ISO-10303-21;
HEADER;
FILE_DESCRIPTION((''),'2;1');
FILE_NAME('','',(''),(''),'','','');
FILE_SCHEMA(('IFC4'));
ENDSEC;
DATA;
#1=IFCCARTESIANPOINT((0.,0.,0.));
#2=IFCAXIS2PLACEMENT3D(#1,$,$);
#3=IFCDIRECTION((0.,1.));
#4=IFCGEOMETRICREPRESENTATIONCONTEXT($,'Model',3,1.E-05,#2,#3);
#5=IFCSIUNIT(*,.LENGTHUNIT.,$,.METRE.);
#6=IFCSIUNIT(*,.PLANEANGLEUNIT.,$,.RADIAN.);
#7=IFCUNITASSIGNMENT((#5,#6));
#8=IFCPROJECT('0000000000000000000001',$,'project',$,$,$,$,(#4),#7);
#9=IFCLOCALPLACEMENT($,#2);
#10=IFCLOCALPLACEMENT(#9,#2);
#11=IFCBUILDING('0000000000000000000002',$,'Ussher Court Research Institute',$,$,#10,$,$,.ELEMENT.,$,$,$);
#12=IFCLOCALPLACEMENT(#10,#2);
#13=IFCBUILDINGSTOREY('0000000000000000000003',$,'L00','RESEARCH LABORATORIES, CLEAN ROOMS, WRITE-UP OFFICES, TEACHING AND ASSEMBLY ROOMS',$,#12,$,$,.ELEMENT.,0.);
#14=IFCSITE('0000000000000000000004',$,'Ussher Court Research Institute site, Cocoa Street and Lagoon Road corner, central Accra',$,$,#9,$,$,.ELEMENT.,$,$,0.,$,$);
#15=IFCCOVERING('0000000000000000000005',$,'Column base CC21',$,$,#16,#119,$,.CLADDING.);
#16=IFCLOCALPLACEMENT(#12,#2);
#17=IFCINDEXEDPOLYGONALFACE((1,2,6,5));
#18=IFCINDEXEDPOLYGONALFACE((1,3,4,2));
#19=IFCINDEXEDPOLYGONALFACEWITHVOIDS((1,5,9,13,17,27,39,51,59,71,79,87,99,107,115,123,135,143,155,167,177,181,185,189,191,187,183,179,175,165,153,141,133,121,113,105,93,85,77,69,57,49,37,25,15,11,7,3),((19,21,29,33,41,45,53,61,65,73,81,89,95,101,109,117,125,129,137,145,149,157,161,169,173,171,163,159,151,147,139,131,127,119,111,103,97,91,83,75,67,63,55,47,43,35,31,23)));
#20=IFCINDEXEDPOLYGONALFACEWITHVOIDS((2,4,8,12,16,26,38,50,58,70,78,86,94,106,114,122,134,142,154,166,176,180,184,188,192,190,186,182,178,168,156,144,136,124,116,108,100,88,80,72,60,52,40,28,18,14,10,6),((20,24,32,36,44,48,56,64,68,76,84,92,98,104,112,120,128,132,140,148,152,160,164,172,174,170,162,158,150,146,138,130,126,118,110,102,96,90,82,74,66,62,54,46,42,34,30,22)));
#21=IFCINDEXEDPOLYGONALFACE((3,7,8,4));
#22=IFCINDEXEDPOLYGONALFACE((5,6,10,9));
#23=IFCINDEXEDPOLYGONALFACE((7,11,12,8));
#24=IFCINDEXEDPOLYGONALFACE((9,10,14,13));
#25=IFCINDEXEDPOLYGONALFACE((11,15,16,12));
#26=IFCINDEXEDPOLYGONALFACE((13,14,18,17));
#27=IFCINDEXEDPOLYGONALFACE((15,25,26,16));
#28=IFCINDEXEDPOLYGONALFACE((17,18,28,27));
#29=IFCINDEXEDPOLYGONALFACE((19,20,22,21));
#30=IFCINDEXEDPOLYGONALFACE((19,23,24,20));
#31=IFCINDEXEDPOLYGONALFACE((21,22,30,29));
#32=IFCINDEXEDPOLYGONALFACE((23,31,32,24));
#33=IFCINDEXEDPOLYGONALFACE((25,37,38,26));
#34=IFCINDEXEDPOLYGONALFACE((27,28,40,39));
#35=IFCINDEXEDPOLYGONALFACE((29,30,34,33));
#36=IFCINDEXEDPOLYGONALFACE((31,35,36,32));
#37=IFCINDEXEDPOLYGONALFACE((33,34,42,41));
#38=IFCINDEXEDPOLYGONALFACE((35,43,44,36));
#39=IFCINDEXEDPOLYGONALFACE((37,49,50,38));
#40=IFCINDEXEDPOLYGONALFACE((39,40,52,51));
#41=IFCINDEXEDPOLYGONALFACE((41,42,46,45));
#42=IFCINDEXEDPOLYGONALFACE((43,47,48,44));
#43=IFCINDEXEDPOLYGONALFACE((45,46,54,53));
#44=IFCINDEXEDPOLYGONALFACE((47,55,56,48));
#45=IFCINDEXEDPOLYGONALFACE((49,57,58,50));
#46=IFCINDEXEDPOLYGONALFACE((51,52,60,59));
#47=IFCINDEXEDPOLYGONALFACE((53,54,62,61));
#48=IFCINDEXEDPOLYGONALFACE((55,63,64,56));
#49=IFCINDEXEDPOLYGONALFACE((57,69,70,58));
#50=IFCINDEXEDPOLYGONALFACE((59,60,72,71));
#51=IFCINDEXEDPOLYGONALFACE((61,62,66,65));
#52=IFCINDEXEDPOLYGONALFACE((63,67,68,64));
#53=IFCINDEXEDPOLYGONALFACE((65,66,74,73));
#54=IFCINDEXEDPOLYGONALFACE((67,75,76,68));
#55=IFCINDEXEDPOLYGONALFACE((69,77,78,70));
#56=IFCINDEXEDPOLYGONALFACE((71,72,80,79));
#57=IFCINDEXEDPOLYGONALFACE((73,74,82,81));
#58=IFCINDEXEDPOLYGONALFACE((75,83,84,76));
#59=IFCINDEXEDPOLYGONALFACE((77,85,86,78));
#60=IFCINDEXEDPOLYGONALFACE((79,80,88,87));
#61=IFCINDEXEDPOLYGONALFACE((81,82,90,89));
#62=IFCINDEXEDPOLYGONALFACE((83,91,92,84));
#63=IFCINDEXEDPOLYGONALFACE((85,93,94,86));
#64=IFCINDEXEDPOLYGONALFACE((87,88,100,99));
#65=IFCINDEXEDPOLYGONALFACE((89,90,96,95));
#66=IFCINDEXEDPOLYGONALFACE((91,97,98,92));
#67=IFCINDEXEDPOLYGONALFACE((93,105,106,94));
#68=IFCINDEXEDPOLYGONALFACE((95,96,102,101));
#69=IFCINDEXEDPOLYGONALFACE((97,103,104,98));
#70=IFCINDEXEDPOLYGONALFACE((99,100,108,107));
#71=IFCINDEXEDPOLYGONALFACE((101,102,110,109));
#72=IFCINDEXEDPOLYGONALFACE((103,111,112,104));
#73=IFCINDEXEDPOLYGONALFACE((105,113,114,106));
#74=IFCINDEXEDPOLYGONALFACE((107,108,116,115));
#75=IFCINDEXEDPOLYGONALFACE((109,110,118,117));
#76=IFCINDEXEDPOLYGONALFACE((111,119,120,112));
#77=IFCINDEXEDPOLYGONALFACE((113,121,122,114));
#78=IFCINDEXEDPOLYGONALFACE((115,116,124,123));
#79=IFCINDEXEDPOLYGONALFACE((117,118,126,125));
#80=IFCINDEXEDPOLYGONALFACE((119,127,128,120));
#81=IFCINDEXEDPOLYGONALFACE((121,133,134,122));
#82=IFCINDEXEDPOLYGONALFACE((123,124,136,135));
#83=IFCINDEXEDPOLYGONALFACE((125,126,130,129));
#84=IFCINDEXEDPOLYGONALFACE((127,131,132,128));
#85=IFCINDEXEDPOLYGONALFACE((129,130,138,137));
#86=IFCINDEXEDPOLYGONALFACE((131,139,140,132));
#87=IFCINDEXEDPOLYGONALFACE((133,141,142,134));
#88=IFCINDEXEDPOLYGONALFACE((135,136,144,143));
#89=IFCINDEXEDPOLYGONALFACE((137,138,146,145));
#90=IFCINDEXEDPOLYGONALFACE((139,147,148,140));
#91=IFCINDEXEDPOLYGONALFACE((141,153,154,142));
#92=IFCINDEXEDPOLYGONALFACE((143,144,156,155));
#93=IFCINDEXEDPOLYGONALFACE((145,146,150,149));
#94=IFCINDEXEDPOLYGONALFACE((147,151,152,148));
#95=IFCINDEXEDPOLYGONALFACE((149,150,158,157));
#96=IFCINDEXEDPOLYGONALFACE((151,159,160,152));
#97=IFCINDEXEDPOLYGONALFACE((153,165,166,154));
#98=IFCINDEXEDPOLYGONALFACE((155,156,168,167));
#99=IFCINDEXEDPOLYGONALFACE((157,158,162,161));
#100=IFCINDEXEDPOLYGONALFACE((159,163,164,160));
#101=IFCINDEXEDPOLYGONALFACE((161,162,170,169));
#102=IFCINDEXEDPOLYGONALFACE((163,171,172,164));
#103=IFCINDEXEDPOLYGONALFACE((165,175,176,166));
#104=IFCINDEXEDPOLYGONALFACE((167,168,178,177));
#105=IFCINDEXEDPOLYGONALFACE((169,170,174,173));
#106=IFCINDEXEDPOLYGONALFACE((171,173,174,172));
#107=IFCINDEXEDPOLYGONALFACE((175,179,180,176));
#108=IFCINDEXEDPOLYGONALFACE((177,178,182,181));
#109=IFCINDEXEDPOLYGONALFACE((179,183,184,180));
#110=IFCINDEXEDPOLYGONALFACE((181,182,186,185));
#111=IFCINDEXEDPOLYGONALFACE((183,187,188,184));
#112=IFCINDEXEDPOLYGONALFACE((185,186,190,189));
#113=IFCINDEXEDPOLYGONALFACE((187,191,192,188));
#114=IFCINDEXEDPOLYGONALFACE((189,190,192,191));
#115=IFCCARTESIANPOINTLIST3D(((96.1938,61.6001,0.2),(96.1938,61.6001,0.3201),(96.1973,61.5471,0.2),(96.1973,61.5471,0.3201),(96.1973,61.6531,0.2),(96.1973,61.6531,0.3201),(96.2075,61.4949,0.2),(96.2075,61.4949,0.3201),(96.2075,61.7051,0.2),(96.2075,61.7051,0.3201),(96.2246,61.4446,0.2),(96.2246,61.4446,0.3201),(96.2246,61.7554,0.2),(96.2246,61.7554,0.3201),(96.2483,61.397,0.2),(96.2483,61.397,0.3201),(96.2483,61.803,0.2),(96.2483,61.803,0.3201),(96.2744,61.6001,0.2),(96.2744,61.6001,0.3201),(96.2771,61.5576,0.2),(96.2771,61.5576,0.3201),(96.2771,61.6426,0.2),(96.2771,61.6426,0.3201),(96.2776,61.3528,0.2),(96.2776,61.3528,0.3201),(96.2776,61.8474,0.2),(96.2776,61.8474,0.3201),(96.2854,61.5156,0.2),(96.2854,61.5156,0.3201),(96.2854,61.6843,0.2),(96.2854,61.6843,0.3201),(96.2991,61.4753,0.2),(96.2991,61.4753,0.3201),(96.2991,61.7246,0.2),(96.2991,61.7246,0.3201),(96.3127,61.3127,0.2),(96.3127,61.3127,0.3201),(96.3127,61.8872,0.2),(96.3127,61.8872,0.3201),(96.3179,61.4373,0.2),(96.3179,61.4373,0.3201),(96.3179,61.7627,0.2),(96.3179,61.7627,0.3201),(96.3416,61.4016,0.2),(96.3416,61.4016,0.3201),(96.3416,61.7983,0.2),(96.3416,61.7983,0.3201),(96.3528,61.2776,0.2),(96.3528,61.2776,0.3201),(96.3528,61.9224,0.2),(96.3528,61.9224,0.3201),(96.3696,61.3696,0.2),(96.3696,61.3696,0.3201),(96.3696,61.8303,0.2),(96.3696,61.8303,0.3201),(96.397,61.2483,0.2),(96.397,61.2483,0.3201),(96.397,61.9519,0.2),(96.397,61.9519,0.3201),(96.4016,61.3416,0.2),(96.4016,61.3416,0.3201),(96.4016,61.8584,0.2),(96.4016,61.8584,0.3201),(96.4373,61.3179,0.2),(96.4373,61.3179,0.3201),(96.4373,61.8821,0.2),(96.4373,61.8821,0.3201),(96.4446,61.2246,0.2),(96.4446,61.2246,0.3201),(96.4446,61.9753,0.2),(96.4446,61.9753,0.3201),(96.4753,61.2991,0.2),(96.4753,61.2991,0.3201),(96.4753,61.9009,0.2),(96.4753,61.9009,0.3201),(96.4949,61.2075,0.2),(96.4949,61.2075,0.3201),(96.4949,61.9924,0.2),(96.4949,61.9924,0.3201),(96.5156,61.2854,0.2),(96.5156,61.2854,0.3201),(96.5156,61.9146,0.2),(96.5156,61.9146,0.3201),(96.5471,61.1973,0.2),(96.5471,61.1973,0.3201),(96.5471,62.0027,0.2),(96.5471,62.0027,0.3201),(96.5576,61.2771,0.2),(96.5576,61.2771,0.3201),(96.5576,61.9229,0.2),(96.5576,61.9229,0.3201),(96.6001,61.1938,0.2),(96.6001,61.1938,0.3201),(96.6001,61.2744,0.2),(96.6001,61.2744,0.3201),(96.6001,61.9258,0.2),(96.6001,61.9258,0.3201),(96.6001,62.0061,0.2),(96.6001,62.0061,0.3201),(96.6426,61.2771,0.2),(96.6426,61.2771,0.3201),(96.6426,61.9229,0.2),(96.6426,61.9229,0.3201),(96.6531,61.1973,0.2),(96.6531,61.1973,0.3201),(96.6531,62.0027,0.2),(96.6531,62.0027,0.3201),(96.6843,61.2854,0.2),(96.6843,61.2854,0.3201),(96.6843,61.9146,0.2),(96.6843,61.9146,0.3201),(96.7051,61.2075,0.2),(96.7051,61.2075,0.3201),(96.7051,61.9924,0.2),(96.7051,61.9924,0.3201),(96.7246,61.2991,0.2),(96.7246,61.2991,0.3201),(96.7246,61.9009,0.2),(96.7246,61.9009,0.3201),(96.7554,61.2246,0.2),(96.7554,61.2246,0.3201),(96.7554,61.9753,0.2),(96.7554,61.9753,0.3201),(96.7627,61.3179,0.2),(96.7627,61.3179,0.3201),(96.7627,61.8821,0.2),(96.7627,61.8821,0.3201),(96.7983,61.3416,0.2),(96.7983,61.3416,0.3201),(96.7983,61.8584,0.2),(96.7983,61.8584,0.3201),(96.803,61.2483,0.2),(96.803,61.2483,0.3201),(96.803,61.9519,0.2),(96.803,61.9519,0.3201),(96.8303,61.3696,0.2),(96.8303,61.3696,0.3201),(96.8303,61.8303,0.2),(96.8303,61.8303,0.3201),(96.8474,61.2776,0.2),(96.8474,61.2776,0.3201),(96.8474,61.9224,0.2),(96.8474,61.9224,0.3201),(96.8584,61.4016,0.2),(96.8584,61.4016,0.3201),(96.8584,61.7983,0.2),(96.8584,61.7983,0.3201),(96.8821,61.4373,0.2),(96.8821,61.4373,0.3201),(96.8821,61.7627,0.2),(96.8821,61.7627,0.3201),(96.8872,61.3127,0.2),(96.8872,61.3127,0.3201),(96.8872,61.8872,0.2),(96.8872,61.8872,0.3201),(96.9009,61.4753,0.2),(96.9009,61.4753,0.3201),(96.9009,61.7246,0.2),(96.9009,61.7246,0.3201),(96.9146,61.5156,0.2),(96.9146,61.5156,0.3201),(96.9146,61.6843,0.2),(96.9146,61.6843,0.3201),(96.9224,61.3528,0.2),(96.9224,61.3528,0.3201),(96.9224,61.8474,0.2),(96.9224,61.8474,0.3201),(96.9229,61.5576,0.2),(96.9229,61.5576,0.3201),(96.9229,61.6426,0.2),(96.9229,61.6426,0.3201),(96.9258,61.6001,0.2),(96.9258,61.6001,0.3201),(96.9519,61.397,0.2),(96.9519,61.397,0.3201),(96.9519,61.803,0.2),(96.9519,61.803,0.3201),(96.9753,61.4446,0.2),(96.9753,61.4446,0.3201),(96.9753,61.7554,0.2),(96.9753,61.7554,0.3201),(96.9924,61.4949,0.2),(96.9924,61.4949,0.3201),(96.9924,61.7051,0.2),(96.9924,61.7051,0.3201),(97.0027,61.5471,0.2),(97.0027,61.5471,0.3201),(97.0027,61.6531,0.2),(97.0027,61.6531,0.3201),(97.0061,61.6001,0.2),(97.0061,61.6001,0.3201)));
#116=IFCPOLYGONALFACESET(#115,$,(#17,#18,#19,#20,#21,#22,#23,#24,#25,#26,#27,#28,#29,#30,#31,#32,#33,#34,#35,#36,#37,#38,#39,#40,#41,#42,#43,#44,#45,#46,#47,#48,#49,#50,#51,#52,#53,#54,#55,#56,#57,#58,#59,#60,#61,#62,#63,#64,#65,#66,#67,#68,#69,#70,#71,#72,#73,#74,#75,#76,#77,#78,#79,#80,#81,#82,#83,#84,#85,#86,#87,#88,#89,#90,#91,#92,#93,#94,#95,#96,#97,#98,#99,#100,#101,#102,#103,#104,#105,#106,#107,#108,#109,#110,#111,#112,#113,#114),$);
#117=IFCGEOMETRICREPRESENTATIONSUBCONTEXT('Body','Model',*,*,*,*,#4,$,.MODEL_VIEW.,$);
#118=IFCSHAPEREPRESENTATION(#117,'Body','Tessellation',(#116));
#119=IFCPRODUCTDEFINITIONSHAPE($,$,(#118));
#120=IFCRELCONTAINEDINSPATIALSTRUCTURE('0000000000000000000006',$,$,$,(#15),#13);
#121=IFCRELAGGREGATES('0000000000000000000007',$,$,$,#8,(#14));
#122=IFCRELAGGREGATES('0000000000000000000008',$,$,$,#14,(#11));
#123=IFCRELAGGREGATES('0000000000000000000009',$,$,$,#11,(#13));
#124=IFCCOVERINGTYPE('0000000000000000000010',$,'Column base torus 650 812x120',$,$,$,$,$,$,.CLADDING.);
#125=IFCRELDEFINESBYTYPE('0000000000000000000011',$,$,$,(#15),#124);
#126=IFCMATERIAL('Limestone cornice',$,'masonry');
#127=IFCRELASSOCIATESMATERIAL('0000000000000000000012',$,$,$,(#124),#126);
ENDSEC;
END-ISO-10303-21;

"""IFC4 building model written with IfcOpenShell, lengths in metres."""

from ifc_helpers import new_model, si_unit, direction, frame, origin, place, context, subcontext, project, spatial, polyline, outline, extrude, material, type_object, element, save


model = new_model("IFC4")

# Units and contexts
model_context = context("Model", 3, precision=1e-05, world=origin(), true_north=direction((0.0, 1.0)))
body_context = subcontext(model_context, "Body", "Model", "MODEL_VIEW")
ifc_project = project(units=[si_unit("LENGTHUNIT", "METRE"), si_unit("PLANEANGLEUNIT", "RADIAN")], contexts=[model_context])

# Site, building, storey
site_placement = place(None, origin())
site = spatial("IfcSite", under=ifc_project, at=site_placement, Name="Ussher Court Research Institute site, Cocoa Street and Lagoon Road corner, central Accra", CompositionType="ELEMENT", RefElevation=0.0)
building_placement = place(site_placement, origin())
building = spatial("IfcBuilding", under=site, at=building_placement, Name="Ussher Court Research Institute", CompositionType="ELEMENT")
storey_placement = place(building_placement, origin())
storey = spatial("IfcBuildingStorey", under=building, at=storey_placement, Name="L00", Description="RESEARCH LABORATORIES, CLEAN ROOMS, WRITE-UP OFFICES, TEACHING AND ASSEMBLY ROOMS", CompositionType="ELEMENT", Elevation=0.0)

# Covering
ifc_material_1 = material(Name="Limestone cornice", Category="masonry")
covering_type_1 = type_object("IfcCoveringType", Name="Column base torus 650 812x120", PredefinedType="CLADDING", material=ifc_material_1)
covering_1_placement = place(storey_placement, frame((0.0, 0.0, 0.2)))
element("IfcCovering", 1, at=covering_1_placement, inside=storey, type_object=covering_type_1, Name="Column base CC21", PredefinedType="CLADDING", context=body_context, shape_type="SweptSolid", body=[
    extrude(outline(polyline([(97.0061, 61.6001), (97.0027, 61.6531), (96.9924, 61.7051), (96.9753, 61.7554), (96.9519, 61.803), (96.9224, 61.8474), (96.8872, 61.8872), (96.8474, 61.9224), (96.803, 61.9519), (96.7554, 61.9753), (96.7051, 61.9924), (96.6531, 62.0027), (96.6001, 62.0061), (96.5471, 62.0027), (96.4949, 61.9924), (96.4446, 61.9753), (96.397, 61.9519), (96.3528, 61.9224), (96.3127, 61.8872), (96.2776, 61.8474), (96.2483, 61.803), (96.2246, 61.7554), (96.2075, 61.7051), (96.1973, 61.6531), (96.1938, 61.6001), (96.1973, 61.5471), (96.2075, 61.4949), (96.2246, 61.4446), (96.2483, 61.397), (96.2776, 61.3528), (96.3127, 61.3127), (96.3528, 61.2776), (96.397, 61.2483), (96.4446, 61.2246), (96.4949, 61.2075), (96.5471, 61.1973), (96.6001, 61.1938), (96.6531, 61.1973), (96.7051, 61.2075), (96.7554, 61.2246), (96.803, 61.2483), (96.8474, 61.2776), (96.8872, 61.3127), (96.9224, 61.3528), (96.9519, 61.397), (96.9753, 61.4446), (96.9924, 61.4949), (97.0027, 61.5471), (97.0061, 61.6001)]), holes=[polyline([(96.9258, 61.6001), (96.9229, 61.6426), (96.9146, 61.6843), (96.9009, 61.7246), (96.8821, 61.7627), (96.8584, 61.7983), (96.8303, 61.8303), (96.7983, 61.8584), (96.7627, 61.8821), (96.7246, 61.9009), (96.6843, 61.9146), (96.6426, 61.9229), (96.6001, 61.9258), (96.5576, 61.9229), (96.5156, 61.9146), (96.4753, 61.9009), (96.4373, 61.8821), (96.4016, 61.8584), (96.3696, 61.8303), (96.3416, 61.7983), (96.3179, 61.7627), (96.2991, 61.7246), (96.2854, 61.6843), (96.2771, 61.6426), (96.2744, 61.6001), (96.2771, 61.5576), (96.2854, 61.5156), (96.2991, 61.4753), (96.3179, 61.4373), (96.3416, 61.4016), (96.3696, 61.3696), (96.4016, 61.3416), (96.4373, 61.3179), (96.4753, 61.2991), (96.5156, 61.2854), (96.5576, 61.2771), (96.6001, 61.2744), (96.6426, 61.2771), (96.6843, 61.2854), (96.7246, 61.2991), (96.7627, 61.3179), (96.7983, 61.3416), (96.8303, 61.3696), (96.8584, 61.4016), (96.8821, 61.4373), (96.9009, 61.4753), (96.9146, 61.5156), (96.9229, 61.5576), (96.9258, 61.6001)])]), origin(), (0.0, 0.0, 1.0), 0.1201),
])

save(model, "model.ifc")
